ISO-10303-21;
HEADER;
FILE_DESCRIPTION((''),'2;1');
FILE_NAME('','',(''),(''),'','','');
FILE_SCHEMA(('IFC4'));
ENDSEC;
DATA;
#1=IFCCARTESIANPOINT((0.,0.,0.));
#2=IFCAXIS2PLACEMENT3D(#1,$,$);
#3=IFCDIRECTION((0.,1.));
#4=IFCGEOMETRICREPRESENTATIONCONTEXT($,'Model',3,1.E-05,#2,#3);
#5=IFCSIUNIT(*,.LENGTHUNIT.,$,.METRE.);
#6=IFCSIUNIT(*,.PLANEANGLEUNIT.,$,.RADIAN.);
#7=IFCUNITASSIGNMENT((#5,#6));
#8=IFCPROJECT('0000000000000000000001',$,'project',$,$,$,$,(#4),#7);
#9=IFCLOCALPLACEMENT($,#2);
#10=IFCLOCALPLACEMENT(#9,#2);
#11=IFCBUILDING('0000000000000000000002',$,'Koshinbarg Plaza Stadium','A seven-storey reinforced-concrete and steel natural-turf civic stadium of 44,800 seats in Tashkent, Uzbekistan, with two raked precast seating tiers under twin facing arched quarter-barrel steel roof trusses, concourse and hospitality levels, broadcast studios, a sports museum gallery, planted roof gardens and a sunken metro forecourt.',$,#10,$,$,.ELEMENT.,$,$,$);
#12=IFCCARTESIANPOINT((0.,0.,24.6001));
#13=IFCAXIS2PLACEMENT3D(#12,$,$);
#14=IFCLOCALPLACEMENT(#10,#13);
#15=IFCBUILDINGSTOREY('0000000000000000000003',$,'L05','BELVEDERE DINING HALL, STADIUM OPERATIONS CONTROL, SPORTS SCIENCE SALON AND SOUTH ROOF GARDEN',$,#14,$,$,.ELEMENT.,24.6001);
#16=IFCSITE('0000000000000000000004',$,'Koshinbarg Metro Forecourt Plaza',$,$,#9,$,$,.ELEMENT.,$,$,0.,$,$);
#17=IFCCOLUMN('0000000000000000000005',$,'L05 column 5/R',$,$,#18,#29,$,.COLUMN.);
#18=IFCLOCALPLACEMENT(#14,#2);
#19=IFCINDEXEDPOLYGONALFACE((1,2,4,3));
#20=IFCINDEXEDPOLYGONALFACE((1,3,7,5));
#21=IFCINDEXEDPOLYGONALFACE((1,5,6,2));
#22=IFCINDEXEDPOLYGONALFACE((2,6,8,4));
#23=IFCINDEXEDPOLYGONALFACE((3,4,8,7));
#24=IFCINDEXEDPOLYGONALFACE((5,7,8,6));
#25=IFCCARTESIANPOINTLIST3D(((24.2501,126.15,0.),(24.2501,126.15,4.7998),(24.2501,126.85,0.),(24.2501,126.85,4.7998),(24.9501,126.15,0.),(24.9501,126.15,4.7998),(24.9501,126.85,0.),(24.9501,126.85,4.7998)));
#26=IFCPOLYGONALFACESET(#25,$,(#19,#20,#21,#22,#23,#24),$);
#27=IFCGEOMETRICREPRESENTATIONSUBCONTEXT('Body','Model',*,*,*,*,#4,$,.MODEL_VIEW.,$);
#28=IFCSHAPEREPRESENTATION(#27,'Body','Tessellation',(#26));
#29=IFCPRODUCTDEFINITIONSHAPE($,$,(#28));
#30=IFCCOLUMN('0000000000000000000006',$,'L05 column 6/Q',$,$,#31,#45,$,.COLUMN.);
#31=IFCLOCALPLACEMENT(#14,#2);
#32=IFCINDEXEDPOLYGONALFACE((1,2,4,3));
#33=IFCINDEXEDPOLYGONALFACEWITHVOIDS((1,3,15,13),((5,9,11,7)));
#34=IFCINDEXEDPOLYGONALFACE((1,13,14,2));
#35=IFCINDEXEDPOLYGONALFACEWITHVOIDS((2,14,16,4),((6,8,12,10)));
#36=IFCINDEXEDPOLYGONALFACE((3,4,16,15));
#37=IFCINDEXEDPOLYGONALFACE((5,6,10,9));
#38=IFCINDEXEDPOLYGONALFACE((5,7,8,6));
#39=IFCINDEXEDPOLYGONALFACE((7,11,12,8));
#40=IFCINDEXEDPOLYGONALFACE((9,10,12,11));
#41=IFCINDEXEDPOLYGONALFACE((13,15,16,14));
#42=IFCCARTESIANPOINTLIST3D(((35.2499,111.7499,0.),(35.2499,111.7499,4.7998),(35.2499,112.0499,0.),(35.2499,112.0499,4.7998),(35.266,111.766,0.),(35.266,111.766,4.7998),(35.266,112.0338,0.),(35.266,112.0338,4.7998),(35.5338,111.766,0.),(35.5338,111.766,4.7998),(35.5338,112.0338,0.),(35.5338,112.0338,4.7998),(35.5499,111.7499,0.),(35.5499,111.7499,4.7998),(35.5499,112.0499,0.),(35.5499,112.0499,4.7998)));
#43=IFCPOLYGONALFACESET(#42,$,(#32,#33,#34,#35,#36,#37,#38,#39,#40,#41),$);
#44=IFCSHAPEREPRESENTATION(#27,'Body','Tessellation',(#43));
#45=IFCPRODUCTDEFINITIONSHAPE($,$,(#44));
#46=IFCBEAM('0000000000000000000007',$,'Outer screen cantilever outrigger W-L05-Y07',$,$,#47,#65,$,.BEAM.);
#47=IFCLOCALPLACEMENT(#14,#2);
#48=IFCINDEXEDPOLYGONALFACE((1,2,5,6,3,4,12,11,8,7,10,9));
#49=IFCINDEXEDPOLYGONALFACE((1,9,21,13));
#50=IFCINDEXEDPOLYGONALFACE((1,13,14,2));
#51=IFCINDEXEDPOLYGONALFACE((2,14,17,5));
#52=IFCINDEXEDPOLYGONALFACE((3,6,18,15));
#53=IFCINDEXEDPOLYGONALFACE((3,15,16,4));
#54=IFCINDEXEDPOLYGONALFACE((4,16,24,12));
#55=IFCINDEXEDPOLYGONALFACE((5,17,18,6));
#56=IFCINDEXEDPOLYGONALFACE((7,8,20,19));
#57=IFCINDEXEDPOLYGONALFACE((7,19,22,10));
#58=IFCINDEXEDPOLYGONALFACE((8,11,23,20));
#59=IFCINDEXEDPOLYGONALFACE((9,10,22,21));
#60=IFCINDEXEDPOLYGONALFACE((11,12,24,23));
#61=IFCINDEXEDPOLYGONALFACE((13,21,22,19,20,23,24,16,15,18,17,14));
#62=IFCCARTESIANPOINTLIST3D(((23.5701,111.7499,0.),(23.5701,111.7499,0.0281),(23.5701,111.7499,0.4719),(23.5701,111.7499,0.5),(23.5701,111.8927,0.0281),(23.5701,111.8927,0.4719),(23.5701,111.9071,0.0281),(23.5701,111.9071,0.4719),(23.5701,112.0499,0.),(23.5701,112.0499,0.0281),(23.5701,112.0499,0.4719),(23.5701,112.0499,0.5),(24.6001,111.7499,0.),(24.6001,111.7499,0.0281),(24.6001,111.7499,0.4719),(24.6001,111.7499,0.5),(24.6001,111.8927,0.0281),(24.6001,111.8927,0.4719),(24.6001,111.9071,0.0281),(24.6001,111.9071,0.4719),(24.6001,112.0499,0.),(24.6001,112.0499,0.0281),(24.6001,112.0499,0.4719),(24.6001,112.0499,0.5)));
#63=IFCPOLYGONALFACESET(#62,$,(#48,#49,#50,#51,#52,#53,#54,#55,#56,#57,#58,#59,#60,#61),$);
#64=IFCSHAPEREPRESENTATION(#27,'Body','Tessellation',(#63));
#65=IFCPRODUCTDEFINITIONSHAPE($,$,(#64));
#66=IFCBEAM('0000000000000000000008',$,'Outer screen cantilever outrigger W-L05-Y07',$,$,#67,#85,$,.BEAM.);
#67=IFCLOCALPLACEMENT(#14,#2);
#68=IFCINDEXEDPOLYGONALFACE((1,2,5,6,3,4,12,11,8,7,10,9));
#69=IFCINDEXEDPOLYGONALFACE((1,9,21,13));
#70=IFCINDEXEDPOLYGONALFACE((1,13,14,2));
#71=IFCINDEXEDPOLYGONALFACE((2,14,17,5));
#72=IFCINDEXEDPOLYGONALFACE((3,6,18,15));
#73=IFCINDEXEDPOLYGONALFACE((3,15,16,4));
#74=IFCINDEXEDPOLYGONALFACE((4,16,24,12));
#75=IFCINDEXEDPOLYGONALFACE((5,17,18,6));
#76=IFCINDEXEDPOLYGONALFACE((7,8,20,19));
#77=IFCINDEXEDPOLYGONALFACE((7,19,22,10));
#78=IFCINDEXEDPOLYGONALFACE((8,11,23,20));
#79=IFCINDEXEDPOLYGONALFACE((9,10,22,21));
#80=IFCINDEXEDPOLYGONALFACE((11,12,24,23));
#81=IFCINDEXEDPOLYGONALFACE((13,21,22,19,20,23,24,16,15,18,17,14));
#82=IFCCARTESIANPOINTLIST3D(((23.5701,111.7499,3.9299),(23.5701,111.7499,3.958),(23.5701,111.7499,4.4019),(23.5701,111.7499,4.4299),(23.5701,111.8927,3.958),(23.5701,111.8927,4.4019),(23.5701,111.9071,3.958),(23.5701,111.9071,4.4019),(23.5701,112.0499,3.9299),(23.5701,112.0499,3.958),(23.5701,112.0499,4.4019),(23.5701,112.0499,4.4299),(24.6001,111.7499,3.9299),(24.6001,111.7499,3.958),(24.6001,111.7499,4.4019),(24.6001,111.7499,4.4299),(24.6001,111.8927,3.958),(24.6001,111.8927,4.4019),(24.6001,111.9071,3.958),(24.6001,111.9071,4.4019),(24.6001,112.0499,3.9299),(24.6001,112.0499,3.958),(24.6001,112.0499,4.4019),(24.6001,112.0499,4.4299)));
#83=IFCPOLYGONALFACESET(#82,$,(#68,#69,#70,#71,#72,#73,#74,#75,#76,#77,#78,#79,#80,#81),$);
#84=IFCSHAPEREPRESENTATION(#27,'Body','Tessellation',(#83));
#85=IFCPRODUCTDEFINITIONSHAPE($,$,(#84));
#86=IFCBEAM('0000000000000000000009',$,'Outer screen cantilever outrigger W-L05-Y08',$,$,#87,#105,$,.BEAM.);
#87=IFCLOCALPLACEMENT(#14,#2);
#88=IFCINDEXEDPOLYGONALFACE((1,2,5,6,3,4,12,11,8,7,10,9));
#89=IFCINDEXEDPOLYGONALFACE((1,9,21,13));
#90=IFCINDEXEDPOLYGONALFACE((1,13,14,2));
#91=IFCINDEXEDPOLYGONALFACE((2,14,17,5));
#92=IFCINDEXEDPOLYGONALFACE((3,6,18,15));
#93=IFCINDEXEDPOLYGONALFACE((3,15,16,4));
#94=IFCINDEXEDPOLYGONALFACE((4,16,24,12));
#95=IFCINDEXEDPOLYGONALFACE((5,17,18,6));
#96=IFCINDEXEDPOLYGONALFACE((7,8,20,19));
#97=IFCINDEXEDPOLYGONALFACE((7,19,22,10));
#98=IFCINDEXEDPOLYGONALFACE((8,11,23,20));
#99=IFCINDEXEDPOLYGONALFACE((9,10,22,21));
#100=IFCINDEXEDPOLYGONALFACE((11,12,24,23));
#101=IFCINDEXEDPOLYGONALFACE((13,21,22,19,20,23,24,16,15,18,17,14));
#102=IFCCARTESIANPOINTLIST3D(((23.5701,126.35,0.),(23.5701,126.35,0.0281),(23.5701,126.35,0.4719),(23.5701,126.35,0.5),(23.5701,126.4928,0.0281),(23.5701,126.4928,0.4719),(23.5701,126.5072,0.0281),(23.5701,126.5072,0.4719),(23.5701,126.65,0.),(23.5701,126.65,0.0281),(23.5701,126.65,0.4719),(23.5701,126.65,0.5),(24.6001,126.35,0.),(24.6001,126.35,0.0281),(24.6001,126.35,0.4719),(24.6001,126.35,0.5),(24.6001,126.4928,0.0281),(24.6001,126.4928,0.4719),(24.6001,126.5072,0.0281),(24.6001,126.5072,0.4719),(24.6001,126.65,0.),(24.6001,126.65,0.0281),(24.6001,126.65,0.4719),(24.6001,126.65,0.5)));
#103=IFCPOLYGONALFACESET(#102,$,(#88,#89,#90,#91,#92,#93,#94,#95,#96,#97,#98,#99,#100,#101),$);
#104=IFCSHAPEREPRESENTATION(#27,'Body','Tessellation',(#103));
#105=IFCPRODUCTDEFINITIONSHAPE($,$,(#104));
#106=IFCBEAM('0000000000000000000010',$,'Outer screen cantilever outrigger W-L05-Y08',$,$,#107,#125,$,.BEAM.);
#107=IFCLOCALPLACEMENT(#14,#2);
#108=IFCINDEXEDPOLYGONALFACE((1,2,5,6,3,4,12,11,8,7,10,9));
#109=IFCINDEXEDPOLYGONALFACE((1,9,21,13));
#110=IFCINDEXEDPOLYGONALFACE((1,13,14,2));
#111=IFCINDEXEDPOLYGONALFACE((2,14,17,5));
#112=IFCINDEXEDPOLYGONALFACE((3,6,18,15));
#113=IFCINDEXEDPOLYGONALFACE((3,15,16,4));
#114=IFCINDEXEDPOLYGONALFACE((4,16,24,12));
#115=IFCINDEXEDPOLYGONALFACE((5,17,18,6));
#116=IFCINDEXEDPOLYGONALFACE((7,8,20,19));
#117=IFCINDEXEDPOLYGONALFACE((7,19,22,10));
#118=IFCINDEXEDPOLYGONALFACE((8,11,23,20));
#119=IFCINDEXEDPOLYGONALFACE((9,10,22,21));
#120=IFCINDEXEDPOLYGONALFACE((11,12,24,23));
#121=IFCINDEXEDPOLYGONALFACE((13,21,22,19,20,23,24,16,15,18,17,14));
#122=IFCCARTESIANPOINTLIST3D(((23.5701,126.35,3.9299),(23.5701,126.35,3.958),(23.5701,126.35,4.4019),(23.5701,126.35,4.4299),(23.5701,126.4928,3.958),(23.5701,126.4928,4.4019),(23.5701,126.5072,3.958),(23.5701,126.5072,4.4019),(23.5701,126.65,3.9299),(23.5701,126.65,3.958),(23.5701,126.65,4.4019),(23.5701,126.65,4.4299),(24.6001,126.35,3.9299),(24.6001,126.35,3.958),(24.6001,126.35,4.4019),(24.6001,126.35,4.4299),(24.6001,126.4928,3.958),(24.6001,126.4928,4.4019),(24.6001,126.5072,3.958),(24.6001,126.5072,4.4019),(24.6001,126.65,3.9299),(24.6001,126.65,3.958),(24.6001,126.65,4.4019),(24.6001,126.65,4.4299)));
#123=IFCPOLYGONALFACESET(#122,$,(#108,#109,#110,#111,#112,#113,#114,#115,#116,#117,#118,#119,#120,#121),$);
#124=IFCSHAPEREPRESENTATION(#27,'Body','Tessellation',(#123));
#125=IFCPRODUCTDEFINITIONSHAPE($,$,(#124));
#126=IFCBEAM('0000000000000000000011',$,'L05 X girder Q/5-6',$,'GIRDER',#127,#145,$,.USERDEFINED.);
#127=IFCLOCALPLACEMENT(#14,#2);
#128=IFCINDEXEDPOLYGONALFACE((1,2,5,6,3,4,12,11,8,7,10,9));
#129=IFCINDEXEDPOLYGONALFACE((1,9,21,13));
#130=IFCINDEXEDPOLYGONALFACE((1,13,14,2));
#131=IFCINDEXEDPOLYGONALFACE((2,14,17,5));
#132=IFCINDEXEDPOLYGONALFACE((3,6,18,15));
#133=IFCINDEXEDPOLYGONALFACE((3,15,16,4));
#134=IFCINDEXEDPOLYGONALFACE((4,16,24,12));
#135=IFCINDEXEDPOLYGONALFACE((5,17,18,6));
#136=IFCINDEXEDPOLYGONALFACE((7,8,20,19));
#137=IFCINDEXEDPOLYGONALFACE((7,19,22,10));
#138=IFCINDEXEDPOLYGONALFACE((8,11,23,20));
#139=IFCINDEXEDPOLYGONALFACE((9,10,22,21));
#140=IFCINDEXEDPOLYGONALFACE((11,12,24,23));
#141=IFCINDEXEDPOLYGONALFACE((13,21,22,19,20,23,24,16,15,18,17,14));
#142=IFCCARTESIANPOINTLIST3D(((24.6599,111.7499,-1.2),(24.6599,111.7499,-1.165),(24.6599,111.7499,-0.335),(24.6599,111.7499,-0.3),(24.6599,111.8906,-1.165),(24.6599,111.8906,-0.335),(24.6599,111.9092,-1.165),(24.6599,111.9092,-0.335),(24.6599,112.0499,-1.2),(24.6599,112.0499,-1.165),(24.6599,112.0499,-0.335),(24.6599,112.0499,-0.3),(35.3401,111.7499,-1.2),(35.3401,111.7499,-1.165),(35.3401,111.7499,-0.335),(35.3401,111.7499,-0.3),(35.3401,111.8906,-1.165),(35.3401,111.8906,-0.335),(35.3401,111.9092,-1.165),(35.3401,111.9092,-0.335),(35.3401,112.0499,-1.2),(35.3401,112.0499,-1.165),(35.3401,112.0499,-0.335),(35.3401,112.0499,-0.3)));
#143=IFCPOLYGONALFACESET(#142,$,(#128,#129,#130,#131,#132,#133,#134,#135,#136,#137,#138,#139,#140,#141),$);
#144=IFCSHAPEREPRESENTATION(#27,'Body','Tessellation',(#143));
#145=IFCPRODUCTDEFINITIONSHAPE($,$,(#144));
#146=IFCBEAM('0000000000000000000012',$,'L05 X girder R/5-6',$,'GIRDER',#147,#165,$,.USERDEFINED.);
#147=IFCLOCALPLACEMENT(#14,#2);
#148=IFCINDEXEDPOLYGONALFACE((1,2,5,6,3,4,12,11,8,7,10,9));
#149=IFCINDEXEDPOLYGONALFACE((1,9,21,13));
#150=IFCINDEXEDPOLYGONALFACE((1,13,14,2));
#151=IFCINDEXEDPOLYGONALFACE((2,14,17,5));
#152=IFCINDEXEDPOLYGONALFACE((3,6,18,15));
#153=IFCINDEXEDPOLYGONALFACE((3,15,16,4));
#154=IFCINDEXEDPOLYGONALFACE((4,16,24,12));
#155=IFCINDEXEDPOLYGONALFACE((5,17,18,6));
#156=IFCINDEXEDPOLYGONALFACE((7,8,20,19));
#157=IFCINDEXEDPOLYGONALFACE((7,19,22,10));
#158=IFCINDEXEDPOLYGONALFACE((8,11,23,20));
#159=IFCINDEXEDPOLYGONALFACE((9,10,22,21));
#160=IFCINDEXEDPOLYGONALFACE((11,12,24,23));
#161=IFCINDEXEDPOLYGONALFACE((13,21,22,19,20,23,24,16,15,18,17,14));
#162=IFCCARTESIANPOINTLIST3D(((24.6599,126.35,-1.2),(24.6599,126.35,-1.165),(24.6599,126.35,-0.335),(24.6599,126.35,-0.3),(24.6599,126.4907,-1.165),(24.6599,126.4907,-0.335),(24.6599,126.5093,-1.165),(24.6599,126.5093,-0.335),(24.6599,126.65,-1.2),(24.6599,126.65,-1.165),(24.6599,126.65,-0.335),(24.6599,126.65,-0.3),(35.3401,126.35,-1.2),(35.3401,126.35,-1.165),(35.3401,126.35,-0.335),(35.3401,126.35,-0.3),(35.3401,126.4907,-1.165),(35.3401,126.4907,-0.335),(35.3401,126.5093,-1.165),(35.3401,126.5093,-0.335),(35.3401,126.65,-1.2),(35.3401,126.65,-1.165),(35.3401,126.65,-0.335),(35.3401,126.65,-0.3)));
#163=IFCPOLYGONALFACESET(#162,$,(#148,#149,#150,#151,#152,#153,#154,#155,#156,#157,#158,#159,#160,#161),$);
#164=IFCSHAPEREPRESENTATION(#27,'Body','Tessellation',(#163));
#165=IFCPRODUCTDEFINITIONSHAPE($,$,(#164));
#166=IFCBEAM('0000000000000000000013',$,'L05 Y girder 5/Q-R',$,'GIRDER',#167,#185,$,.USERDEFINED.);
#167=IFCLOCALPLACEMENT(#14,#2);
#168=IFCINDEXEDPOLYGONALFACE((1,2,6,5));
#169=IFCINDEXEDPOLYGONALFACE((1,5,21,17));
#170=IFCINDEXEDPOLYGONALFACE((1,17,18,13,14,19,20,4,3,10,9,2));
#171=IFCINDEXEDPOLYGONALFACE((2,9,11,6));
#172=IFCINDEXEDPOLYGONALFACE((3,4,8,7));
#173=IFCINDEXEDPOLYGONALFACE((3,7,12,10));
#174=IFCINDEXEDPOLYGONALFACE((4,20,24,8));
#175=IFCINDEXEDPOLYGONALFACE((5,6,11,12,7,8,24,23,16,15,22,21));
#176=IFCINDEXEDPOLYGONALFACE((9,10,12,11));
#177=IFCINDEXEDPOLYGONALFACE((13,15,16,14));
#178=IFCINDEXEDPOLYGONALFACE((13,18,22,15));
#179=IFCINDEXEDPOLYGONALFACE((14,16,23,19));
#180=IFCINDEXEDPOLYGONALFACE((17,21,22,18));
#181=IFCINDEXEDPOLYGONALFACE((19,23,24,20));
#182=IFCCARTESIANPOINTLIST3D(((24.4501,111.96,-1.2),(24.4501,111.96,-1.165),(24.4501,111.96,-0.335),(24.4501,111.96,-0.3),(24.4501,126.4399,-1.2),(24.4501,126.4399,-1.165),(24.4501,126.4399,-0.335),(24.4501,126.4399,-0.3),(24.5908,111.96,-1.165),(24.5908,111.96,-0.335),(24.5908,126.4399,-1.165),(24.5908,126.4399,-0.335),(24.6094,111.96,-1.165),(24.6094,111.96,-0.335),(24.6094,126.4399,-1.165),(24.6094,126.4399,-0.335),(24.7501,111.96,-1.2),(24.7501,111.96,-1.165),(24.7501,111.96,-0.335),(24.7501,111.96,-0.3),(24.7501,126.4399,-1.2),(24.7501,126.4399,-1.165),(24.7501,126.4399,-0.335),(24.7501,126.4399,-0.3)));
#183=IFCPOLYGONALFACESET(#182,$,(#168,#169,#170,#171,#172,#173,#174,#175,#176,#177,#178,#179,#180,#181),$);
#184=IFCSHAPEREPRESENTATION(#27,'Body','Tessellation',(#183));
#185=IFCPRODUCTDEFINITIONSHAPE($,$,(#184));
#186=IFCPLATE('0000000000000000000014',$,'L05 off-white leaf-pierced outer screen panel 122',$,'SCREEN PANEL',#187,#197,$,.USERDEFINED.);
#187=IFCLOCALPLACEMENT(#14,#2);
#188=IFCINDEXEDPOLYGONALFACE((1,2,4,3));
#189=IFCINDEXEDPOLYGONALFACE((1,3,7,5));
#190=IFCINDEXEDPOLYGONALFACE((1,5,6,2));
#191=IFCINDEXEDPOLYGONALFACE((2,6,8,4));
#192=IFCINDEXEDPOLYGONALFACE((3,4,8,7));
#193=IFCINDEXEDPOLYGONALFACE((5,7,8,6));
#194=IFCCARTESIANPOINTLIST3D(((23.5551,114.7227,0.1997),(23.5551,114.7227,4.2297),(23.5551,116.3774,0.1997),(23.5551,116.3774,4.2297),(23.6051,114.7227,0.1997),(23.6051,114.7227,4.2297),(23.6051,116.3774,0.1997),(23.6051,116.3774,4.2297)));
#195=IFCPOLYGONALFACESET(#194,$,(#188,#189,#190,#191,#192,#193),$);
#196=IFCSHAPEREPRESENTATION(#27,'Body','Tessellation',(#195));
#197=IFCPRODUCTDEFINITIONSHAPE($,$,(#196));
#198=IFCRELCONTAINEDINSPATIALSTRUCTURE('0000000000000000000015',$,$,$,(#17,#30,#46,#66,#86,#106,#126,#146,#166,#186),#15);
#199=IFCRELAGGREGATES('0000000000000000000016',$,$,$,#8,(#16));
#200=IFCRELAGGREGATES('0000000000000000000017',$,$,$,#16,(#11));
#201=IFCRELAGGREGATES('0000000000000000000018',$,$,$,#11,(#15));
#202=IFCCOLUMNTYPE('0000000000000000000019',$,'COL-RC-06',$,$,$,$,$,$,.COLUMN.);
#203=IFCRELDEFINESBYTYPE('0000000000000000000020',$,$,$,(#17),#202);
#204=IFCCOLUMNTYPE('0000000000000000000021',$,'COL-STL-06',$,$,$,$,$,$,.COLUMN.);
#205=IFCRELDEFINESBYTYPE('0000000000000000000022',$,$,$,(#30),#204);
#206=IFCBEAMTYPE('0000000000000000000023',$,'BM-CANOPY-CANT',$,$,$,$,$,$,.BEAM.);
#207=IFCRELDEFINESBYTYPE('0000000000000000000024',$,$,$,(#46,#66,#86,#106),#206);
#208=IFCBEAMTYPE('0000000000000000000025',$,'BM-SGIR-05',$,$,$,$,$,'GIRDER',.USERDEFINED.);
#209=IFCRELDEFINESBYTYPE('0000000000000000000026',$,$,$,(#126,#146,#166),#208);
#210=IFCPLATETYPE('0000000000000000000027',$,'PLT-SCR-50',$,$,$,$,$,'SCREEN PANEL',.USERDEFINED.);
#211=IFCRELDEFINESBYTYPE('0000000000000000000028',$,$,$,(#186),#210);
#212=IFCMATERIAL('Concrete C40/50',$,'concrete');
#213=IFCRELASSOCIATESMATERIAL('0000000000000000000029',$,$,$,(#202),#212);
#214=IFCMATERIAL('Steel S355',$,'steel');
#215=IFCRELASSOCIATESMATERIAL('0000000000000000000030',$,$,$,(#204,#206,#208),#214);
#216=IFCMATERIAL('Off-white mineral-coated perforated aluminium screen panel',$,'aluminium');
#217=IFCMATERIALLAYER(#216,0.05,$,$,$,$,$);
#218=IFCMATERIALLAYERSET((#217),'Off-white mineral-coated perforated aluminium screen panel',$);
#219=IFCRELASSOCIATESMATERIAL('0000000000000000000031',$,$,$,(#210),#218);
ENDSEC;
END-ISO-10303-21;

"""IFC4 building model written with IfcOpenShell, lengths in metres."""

from ifc_helpers import new_model, si_unit, direction, frame, origin, origin_2d, place, context, subcontext, project, spatial, rectangle, hollow_rectangle, i_section, extrude, material, layer, layer_set, material_profile, profile_set, type_object, element, save


model = new_model("IFC4")

# Units and contexts
model_context = context("Model", 3, precision=1e-05, world=origin(), true_north=direction((0.0, 1.0)))
body_context = subcontext(model_context, "Body", "Model", "MODEL_VIEW")
ifc_project = project(units=[si_unit("LENGTHUNIT", "METRE"), si_unit("PLANEANGLEUNIT", "RADIAN")], contexts=[model_context])

# Site, building, storey
site_placement = place(None, origin())
site = spatial("IfcSite", under=ifc_project, at=site_placement, Name="Koshinbarg Metro Forecourt Plaza", CompositionType="ELEMENT", RefElevation=0.0)
building_placement = place(site_placement, origin())
building = spatial("IfcBuilding", under=site, at=building_placement, Name="Koshinbarg Plaza Stadium", Description="A seven-storey reinforced-concrete and steel natural-turf civic stadium of 44,800 seats in Tashkent, Uzbekistan, with two raked precast seating tiers under twin facing arched quarter-barrel steel roof trusses, concourse and hospitality levels, broadcast studios, a sports museum gallery, planted roof gardens and a sunken metro forecourt.", CompositionType="ELEMENT")
storey_placement = place(building_placement, frame((0.0, 0.0, 24.6001)))
storey = spatial("IfcBuildingStorey", under=building, at=storey_placement, Name="L05", Description="BELVEDERE DINING HALL, STADIUM OPERATIONS CONTROL, SPORTS SCIENCE SALON AND SOUTH ROOF GARDEN", CompositionType="ELEMENT", Elevation=24.6001)

# Columns
ifc_material_1 = material(Name="Concrete C40/50", Category="concrete")
ifc_material_profile_1 = material_profile(ifc_material_1, rectangle(XDim=0.7, YDim=0.7, at=origin_2d()), Name="RC 700x700")
ifc_profile_set_1 = profile_set([ifc_material_profile_1], Name="Concrete C40/50")
column_type_1 = type_object("IfcColumnType", Name="COL-RC-06", PredefinedType="COLUMN", material=ifc_profile_set_1)
column_1_placement = place(storey_placement, frame((24.6001, 126.5, 0.0), z_axis=(0.0, 0.0, 1.0), x_axis=(1.0, 0.0, 0.0)))
element("IfcColumn", 1, at=column_1_placement, inside=storey, type_object=column_type_1, Name="L05 column 5/R", PredefinedType="COLUMN", context=body_context, shape_type="SweptSolid", body=[
    extrude(rectangle(XDim=0.7, YDim=0.7, at=origin_2d()), origin(), (0.0, 0.0, 1.0), 4.7998),
])
ifc_material_2 = material(Name="Steel S355", Category="steel")
ifc_material_profile_2 = material_profile(ifc_material_2, hollow_rectangle(XDim=0.3, YDim=0.3, WallThickness=0.0161, at=origin_2d()), Name="SHS 300x300x16")
ifc_profile_set_2 = profile_set([ifc_material_profile_2], Name="Steel S355")
column_type_2 = type_object("IfcColumnType", Name="COL-STL-06", PredefinedType="COLUMN", material=ifc_profile_set_2)
column_2_placement = place(storey_placement, frame((35.3999, 111.8999, 0.0), z_axis=(0.0, 0.0, 1.0), x_axis=(1.0, 0.0, 0.0)))
element("IfcColumn", 2, at=column_2_placement, inside=storey, type_object=column_type_2, Name="L05 column 6/Q", PredefinedType="COLUMN", context=body_context, shape_type="SweptSolid", body=[
    extrude(hollow_rectangle(XDim=0.3, YDim=0.3, WallThickness=0.0161, at=origin_2d()), origin(), (0.0, 0.0, 1.0), 4.7998),
])

# Beams
ifc_material_profile_3 = material_profile(ifc_material_2, i_section(OverallWidth=0.3, OverallDepth=0.5, WebThickness=0.0144, FlangeThickness=0.0281, at=origin_2d()), Name="HEB 500")
ifc_profile_set_3 = profile_set([ifc_material_profile_3], Name="Steel S355")
beam_type_1 = type_object("IfcBeamType", Name="BM-CANOPY-CANT", PredefinedType="BEAM", material=ifc_profile_set_3)
for number, where, z_axis, x_axis, name in (
    (3, (24.6001, 111.8999, 0.25), (-1.0, 0.0, 0.0), (0.0, -1.0, 0.0), "Outer screen cantilever outrigger W-L05-Y07"),
    (4, (24.6001, 111.8999, 4.1799), (-1.0, 0.0, 0.0), (0.0, -1.0, 0.0), "Outer screen cantilever outrigger W-L05-Y07"),
    (5, (24.6001, 126.5, 0.25), (-1.0, 0.0, 0.0), (0.0, -1.0, 0.0), "Outer screen cantilever outrigger W-L05-Y08"),
    (6, (24.6001, 126.5, 4.1799), (-1.0, 0.0, 0.0), (0.0, -1.0, 0.0), "Outer screen cantilever outrigger W-L05-Y08"),
):
    element("IfcBeam", number, at=place(storey_placement, frame(where, z_axis=z_axis, x_axis=x_axis)), inside=storey, type_object=beam_type_1, Name=name, PredefinedType="BEAM", context=body_context, shape_type="SweptSolid", body=[
        extrude(i_section(OverallWidth=0.3, OverallDepth=0.5, WebThickness=0.0144, FlangeThickness=0.0281, at=origin_2d()), origin(), (0.0, 0.0, 1.0), 1.03),
    ])
ifc_material_profile_4 = material_profile(ifc_material_2, i_section(OverallWidth=0.3, OverallDepth=0.8999, WebThickness=0.0186, FlangeThickness=0.0349, at=origin_2d()), Name="HEB 900")
ifc_profile_set_4 = profile_set([ifc_material_profile_4], Name="Steel S355")
beam_type_2 = type_object("IfcBeamType", Name="BM-SGIR-05", ElementType="GIRDER", PredefinedType="USERDEFINED", material=ifc_profile_set_4)
for number, where, z_axis, x_axis, name in (
    (7, (24.6599, 111.8999, -0.75), (1.0, 0.0, 0.0), (0.0, 1.0, 0.0), "L05 X girder Q/5-6"),
    (8, (24.6599, 126.5, -0.75), (1.0, 0.0, 0.0), (0.0, 1.0, 0.0), "L05 X girder R/5-6"),
):
    element("IfcBeam", number, at=place(storey_placement, frame(where, z_axis=z_axis, x_axis=x_axis)), inside=storey, type_object=beam_type_2, Name=name, ObjectType="GIRDER", PredefinedType="USERDEFINED", context=body_context, shape_type="SweptSolid", body=[
        extrude(i_section(OverallWidth=0.3, OverallDepth=0.8999, WebThickness=0.0186, FlangeThickness=0.0349, at=origin_2d()), origin(), (0.0, 0.0, 1.0), 10.6802),
    ])
beam_placement = place(storey_placement, frame((24.6001, 111.96, -0.75), z_axis=(0.0, 1.0, 0.0), x_axis=(-1.0, 0.0, 0.0)))
element("IfcBeam", 9, at=beam_placement, inside=storey, type_object=beam_type_2, Name="L05 Y girder 5/Q-R", ObjectType="GIRDER", PredefinedType="USERDEFINED", context=body_context, shape_type="SweptSolid", body=[
    extrude(i_section(OverallWidth=0.3, OverallDepth=0.8999, WebThickness=0.0186, FlangeThickness=0.0349, at=origin_2d()), origin(), (0.0, 0.0, 1.0), 14.48),
])

# Plate
ifc_material_3 = material(Name="Off-white mineral-coated perforated aluminium screen panel", Category="aluminium")
ifc_layer_1 = layer(ifc_material_3, 0.05)
ifc_layer_set_1 = layer_set([ifc_layer_1], Name="Off-white mineral-coated perforated aluminium screen panel")
plate_type_1 = type_object("IfcPlateType", Name="PLT-SCR-50", ElementType="SCREEN PANEL", PredefinedType="USERDEFINED", material=ifc_layer_set_1)
for number, where, z_axis, x_axis, name in (
    (10, (23.5801, 115.55, 0.1997), (0.0, 0.0, 1.0), (1.0, 0.0, 0.0), "L05 off-white leaf-pierced outer screen panel 122"),
):
    element("IfcPlate", number, at=place(storey_placement, frame(where, z_axis=z_axis, x_axis=x_axis)), inside=storey, type_object=plate_type_1, Name=name, ObjectType="SCREEN PANEL", PredefinedType="USERDEFINED", context=body_context, shape_type="SweptSolid", body=[
        extrude(rectangle(XDim=0.05, YDim=1.6548, at=origin_2d()), origin(), (0.0, 0.0, 1.0), 4.03),
    ])

save(model, "model.ifc")
